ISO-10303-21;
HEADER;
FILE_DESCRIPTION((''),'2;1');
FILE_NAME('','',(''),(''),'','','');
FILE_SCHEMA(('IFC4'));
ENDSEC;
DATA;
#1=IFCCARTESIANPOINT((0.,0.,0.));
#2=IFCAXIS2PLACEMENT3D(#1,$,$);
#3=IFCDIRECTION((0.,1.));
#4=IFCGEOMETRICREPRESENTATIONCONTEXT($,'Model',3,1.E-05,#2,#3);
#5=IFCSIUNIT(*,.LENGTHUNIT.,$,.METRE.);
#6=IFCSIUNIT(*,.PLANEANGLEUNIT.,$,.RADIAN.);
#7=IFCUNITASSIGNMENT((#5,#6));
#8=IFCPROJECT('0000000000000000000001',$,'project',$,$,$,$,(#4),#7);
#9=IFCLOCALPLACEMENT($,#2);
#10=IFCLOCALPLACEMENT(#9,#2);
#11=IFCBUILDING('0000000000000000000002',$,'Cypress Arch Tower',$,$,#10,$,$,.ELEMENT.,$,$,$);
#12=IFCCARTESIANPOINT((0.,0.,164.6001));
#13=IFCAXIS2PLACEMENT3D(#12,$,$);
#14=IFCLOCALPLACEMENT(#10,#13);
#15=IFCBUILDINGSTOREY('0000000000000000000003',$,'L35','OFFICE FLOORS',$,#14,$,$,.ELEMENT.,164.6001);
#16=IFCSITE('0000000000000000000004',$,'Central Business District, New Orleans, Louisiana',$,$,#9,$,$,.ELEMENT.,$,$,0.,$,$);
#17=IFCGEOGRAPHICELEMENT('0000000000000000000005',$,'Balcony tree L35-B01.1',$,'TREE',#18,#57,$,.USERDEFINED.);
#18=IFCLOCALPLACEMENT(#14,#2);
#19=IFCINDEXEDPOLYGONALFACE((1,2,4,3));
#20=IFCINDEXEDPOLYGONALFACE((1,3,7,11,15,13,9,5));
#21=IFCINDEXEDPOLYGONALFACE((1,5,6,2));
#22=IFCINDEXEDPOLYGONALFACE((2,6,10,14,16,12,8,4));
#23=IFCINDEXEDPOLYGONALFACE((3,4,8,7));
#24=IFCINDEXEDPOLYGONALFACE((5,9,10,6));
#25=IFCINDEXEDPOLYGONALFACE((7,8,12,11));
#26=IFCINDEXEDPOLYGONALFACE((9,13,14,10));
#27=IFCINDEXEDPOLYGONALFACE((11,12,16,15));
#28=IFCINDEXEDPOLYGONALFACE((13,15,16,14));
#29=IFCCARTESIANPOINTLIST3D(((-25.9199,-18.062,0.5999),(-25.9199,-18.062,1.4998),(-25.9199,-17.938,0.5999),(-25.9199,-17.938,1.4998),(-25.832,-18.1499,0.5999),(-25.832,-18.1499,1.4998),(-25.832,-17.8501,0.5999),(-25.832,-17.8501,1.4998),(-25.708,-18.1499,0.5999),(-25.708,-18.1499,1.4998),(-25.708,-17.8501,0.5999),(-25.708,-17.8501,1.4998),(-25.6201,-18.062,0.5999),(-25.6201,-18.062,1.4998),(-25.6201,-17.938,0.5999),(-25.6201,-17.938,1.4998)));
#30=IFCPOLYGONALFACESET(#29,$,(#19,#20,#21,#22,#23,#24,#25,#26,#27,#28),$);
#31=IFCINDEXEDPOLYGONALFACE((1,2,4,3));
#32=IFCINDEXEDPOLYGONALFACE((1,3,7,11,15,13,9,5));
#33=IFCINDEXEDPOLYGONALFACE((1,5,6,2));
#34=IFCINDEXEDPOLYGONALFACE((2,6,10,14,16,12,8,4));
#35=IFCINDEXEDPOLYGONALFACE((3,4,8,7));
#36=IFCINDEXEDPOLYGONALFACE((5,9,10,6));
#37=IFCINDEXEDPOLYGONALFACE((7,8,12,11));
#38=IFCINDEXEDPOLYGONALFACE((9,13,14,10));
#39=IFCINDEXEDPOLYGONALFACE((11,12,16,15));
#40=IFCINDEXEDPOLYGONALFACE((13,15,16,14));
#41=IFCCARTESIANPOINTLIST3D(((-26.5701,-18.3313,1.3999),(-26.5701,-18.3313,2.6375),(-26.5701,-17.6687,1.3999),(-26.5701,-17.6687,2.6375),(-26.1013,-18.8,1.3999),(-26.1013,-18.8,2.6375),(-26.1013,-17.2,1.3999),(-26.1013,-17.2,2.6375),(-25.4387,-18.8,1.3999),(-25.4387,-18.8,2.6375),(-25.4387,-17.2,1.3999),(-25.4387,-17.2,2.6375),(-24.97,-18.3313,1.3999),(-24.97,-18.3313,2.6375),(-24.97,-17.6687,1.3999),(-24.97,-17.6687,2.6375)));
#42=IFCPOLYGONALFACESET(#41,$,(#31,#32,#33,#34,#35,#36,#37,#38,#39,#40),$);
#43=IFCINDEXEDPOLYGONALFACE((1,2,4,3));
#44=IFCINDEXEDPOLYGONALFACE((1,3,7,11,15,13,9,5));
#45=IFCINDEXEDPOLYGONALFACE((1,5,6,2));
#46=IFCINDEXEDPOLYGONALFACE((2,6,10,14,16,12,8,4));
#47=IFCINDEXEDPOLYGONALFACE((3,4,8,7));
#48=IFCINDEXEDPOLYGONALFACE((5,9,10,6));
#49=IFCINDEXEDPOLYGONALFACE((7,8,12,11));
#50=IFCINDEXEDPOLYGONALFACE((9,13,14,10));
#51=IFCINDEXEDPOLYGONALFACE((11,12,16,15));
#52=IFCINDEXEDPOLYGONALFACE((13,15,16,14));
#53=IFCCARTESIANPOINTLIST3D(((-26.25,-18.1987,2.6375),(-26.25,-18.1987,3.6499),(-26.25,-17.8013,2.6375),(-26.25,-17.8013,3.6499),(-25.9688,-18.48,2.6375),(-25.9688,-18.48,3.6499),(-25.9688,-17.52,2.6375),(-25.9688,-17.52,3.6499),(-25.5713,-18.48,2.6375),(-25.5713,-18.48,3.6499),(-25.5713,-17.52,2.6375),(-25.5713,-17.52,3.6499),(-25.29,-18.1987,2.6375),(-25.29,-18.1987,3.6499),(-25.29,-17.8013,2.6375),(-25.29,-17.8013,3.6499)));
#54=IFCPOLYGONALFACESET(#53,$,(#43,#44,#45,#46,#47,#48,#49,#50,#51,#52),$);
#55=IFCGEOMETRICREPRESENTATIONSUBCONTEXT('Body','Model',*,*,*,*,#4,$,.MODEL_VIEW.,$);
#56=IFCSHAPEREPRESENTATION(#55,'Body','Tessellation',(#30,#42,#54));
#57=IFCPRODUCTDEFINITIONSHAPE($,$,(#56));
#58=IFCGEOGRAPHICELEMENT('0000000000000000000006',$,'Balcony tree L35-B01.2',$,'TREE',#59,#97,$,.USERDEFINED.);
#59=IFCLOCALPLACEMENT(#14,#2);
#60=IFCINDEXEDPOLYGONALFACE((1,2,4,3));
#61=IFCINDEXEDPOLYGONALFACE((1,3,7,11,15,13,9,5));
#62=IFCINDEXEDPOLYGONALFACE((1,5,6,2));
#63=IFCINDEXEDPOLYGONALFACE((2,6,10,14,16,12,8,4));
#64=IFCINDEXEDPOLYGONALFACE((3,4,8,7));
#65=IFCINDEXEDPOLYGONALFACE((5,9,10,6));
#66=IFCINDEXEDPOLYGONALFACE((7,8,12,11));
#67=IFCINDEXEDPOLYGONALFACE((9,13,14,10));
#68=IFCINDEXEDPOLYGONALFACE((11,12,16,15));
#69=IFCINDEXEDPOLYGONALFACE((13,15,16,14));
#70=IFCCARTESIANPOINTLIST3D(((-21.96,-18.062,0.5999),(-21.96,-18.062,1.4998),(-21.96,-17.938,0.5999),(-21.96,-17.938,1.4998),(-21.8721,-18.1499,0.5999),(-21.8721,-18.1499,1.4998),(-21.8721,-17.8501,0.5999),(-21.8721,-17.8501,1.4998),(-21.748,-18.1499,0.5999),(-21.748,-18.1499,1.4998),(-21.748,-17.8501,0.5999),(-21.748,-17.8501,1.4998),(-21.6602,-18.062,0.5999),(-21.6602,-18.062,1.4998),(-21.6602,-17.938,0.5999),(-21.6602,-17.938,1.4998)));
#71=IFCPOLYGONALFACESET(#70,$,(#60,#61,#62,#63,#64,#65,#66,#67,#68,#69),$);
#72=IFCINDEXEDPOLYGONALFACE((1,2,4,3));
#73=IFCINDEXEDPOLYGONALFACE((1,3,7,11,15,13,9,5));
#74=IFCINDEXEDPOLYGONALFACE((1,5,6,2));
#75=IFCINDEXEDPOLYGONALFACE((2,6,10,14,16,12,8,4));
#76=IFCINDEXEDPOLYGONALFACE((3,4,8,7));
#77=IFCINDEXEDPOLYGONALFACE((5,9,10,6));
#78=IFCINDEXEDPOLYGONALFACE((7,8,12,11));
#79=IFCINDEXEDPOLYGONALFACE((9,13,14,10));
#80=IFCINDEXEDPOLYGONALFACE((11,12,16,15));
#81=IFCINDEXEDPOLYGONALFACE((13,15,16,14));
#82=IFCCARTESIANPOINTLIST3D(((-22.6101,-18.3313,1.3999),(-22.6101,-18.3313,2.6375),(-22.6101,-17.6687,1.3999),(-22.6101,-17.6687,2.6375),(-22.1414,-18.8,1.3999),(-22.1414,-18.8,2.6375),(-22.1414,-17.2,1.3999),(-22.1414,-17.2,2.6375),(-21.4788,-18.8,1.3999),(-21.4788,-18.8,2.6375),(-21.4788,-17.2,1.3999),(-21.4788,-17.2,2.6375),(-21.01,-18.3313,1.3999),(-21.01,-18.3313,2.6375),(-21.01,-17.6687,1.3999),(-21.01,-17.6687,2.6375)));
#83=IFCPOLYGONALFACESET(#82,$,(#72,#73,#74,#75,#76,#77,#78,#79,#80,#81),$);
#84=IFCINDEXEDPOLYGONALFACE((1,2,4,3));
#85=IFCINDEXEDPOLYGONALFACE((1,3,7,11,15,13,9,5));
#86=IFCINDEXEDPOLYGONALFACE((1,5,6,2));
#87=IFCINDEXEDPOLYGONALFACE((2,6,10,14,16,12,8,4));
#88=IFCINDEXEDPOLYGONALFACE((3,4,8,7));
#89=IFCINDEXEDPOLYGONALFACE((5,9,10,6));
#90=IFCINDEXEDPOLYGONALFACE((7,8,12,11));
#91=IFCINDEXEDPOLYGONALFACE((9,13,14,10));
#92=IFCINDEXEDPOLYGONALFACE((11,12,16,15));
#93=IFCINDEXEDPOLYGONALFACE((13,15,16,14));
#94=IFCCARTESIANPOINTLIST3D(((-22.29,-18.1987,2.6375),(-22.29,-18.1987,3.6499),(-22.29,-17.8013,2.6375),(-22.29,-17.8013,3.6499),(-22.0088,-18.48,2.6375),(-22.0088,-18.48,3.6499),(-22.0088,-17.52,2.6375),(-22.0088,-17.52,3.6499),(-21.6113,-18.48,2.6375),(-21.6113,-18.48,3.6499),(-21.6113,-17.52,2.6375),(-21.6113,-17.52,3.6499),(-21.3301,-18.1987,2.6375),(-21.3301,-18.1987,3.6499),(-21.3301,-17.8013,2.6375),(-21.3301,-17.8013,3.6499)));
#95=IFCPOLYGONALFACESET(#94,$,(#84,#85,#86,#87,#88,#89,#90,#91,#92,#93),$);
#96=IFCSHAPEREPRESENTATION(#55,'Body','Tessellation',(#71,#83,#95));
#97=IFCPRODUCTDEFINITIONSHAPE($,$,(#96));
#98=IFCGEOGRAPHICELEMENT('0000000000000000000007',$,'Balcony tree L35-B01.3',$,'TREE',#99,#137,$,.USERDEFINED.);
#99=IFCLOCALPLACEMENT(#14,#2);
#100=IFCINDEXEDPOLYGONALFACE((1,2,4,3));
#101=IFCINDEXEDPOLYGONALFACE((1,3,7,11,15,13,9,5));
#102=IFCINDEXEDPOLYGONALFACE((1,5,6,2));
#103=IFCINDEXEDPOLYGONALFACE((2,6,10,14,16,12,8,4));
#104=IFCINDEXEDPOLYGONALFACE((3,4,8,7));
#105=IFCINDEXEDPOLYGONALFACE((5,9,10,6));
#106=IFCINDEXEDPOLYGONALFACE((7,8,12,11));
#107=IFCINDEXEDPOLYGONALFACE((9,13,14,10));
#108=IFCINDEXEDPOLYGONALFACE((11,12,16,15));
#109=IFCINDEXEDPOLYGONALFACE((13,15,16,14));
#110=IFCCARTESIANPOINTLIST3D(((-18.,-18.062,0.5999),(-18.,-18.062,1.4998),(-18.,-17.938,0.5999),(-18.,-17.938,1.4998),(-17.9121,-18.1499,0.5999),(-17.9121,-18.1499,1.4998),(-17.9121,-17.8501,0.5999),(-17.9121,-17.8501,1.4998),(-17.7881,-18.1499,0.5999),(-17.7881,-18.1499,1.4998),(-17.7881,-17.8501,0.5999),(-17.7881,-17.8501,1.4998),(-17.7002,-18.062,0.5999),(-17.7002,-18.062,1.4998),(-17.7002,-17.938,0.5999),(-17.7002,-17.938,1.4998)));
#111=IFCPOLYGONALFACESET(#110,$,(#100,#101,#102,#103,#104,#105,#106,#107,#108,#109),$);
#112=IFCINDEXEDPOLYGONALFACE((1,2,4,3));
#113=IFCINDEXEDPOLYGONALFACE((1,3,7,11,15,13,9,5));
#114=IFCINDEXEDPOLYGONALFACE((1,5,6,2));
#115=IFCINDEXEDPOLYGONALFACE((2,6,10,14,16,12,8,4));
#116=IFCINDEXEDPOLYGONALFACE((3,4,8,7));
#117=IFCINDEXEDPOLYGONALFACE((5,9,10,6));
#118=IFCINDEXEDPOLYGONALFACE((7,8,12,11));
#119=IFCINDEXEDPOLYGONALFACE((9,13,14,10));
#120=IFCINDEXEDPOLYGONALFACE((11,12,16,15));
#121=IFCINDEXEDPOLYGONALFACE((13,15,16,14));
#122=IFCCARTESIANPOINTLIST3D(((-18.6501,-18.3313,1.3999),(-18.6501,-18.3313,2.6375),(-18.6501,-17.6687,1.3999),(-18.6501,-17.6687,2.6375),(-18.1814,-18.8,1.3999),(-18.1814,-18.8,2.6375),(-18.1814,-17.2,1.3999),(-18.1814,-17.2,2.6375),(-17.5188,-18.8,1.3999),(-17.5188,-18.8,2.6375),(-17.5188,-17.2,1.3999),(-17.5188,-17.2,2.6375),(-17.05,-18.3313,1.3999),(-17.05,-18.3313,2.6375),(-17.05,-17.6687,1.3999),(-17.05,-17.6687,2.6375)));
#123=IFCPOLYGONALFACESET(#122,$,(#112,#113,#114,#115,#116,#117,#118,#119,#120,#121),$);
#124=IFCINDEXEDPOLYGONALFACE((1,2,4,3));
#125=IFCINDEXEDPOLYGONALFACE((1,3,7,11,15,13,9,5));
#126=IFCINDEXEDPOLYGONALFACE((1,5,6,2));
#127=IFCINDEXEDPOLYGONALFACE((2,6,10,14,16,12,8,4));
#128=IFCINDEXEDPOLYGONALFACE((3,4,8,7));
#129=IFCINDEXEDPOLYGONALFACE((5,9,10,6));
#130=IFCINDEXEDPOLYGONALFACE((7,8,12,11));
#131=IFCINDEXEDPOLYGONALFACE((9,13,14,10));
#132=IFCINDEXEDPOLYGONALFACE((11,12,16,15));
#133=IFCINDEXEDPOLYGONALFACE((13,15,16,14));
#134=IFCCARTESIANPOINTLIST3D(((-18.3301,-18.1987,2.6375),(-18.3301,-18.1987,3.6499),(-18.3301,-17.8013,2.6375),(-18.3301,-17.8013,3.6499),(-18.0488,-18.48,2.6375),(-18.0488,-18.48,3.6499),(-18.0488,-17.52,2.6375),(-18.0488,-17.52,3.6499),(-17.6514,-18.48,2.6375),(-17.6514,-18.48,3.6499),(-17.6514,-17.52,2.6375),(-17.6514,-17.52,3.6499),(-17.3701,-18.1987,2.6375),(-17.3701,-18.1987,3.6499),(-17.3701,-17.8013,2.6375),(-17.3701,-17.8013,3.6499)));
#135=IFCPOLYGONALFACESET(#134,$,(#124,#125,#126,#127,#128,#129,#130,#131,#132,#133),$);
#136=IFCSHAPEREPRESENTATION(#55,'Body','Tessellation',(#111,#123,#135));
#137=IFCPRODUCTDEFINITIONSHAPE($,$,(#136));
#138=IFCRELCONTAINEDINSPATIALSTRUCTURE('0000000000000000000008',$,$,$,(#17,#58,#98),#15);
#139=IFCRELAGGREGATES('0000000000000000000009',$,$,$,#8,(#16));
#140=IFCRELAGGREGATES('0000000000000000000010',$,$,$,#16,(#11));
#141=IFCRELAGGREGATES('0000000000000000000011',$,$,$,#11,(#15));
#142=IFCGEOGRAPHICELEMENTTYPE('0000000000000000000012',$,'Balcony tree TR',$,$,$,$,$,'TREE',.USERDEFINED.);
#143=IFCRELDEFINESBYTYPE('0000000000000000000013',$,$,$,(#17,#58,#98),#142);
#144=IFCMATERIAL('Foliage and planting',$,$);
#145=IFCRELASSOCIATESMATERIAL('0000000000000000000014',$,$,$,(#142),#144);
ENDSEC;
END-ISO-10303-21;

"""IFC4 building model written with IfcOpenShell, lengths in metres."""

from ifc_helpers import new_model, si_unit, direction, frame, origin, place, context, subcontext, project, spatial, polyline, outline, extrude, material, type_object, element, save


model = new_model("IFC4")

# Units and contexts
model_context = context("Model", 3, precision=1e-05, world=origin(), true_north=direction((0.0, 1.0)))
body_context = subcontext(model_context, "Body", "Model", "MODEL_VIEW")
ifc_project = project(units=[si_unit("LENGTHUNIT", "METRE"), si_unit("PLANEANGLEUNIT", "RADIAN")], contexts=[model_context])

# Site, building, storey
site_placement = place(None, origin())
site = spatial("IfcSite", under=ifc_project, at=site_placement, Name="Central Business District, New Orleans, Louisiana", CompositionType="ELEMENT", RefElevation=0.0)
building_placement = place(site_placement, origin())
building = spatial("IfcBuilding", under=site, at=building_placement, Name="Cypress Arch Tower", CompositionType="ELEMENT")
storey_placement = place(building_placement, frame((0.0, 0.0, 164.6001)))
storey = spatial("IfcBuildingStorey", under=building, at=storey_placement, Name="L35", Description="OFFICE FLOORS", CompositionType="ELEMENT", Elevation=164.6001)

# Geographic elements
ifc_material_1 = material(Name="Foliage and planting")
geographic_element_type = type_object("IfcGeographicElementType", Name="Balcony tree TR", ElementType="TREE", PredefinedType="USERDEFINED", material=ifc_material_1)
for number, where, z_axis, x_axis, name in (
    (1, (-25.77, -18.0, 0.5999), (0.0, 0.0, 1.0), (1.0, 0.0, 0.0), "Balcony tree L35-B01.1"),
    (2, (-21.8101, -18.0, 0.5999), (0.0, 0.0, 1.0), (1.0, 0.0, 0.0), "Balcony tree L35-B01.2"),
    (3, (-17.8501, -18.0, 0.5999), (0.0, 0.0, 1.0), (1.0, 0.0, 0.0), "Balcony tree L35-B01.3"),
):
    element("IfcGeographicElement", number, at=place(storey_placement, frame(where, z_axis=z_axis, x_axis=x_axis)), inside=storey, type_object=geographic_element_type, Name=name, ObjectType="TREE", PredefinedType="USERDEFINED", context=body_context, shape_type="SweptSolid", body=[
        extrude(outline(polyline([(0.1499, 0.062), (0.062, 0.1499), (-0.062, 0.1499), (-0.1499, 0.062), (-0.1499, -0.062), (-0.062, -0.1499), (0.062, -0.1499), (0.1499, -0.062), (0.1499, 0.062)])), origin(), (0.0, 0.0, 1.0), 0.8999),
        extrude(outline(polyline([(0.8, 0.3313), (0.3313, 0.8), (-0.3313, 0.8), (-0.8, 0.3313), (-0.8, -0.3313), (-0.3313, -0.8), (0.3313, -0.8), (0.8, -0.3313), (0.8, 0.3313)])), frame((0.0, 0.0, 0.8)), (0.0, 0.0, 1.0), 1.2375),
        extrude(outline(polyline([(0.48, 0.1987), (0.1987, 0.48), (-0.1987, 0.48), (-0.48, 0.1987), (-0.48, -0.1987), (-0.1987, -0.48), (0.1987, -0.48), (0.48, -0.1987), (0.48, 0.1987)])), frame((0.0, 0.0, 2.0376)), (0.0, 0.0, 1.0), 1.0125),
    ])

save(model, "model.ifc")
